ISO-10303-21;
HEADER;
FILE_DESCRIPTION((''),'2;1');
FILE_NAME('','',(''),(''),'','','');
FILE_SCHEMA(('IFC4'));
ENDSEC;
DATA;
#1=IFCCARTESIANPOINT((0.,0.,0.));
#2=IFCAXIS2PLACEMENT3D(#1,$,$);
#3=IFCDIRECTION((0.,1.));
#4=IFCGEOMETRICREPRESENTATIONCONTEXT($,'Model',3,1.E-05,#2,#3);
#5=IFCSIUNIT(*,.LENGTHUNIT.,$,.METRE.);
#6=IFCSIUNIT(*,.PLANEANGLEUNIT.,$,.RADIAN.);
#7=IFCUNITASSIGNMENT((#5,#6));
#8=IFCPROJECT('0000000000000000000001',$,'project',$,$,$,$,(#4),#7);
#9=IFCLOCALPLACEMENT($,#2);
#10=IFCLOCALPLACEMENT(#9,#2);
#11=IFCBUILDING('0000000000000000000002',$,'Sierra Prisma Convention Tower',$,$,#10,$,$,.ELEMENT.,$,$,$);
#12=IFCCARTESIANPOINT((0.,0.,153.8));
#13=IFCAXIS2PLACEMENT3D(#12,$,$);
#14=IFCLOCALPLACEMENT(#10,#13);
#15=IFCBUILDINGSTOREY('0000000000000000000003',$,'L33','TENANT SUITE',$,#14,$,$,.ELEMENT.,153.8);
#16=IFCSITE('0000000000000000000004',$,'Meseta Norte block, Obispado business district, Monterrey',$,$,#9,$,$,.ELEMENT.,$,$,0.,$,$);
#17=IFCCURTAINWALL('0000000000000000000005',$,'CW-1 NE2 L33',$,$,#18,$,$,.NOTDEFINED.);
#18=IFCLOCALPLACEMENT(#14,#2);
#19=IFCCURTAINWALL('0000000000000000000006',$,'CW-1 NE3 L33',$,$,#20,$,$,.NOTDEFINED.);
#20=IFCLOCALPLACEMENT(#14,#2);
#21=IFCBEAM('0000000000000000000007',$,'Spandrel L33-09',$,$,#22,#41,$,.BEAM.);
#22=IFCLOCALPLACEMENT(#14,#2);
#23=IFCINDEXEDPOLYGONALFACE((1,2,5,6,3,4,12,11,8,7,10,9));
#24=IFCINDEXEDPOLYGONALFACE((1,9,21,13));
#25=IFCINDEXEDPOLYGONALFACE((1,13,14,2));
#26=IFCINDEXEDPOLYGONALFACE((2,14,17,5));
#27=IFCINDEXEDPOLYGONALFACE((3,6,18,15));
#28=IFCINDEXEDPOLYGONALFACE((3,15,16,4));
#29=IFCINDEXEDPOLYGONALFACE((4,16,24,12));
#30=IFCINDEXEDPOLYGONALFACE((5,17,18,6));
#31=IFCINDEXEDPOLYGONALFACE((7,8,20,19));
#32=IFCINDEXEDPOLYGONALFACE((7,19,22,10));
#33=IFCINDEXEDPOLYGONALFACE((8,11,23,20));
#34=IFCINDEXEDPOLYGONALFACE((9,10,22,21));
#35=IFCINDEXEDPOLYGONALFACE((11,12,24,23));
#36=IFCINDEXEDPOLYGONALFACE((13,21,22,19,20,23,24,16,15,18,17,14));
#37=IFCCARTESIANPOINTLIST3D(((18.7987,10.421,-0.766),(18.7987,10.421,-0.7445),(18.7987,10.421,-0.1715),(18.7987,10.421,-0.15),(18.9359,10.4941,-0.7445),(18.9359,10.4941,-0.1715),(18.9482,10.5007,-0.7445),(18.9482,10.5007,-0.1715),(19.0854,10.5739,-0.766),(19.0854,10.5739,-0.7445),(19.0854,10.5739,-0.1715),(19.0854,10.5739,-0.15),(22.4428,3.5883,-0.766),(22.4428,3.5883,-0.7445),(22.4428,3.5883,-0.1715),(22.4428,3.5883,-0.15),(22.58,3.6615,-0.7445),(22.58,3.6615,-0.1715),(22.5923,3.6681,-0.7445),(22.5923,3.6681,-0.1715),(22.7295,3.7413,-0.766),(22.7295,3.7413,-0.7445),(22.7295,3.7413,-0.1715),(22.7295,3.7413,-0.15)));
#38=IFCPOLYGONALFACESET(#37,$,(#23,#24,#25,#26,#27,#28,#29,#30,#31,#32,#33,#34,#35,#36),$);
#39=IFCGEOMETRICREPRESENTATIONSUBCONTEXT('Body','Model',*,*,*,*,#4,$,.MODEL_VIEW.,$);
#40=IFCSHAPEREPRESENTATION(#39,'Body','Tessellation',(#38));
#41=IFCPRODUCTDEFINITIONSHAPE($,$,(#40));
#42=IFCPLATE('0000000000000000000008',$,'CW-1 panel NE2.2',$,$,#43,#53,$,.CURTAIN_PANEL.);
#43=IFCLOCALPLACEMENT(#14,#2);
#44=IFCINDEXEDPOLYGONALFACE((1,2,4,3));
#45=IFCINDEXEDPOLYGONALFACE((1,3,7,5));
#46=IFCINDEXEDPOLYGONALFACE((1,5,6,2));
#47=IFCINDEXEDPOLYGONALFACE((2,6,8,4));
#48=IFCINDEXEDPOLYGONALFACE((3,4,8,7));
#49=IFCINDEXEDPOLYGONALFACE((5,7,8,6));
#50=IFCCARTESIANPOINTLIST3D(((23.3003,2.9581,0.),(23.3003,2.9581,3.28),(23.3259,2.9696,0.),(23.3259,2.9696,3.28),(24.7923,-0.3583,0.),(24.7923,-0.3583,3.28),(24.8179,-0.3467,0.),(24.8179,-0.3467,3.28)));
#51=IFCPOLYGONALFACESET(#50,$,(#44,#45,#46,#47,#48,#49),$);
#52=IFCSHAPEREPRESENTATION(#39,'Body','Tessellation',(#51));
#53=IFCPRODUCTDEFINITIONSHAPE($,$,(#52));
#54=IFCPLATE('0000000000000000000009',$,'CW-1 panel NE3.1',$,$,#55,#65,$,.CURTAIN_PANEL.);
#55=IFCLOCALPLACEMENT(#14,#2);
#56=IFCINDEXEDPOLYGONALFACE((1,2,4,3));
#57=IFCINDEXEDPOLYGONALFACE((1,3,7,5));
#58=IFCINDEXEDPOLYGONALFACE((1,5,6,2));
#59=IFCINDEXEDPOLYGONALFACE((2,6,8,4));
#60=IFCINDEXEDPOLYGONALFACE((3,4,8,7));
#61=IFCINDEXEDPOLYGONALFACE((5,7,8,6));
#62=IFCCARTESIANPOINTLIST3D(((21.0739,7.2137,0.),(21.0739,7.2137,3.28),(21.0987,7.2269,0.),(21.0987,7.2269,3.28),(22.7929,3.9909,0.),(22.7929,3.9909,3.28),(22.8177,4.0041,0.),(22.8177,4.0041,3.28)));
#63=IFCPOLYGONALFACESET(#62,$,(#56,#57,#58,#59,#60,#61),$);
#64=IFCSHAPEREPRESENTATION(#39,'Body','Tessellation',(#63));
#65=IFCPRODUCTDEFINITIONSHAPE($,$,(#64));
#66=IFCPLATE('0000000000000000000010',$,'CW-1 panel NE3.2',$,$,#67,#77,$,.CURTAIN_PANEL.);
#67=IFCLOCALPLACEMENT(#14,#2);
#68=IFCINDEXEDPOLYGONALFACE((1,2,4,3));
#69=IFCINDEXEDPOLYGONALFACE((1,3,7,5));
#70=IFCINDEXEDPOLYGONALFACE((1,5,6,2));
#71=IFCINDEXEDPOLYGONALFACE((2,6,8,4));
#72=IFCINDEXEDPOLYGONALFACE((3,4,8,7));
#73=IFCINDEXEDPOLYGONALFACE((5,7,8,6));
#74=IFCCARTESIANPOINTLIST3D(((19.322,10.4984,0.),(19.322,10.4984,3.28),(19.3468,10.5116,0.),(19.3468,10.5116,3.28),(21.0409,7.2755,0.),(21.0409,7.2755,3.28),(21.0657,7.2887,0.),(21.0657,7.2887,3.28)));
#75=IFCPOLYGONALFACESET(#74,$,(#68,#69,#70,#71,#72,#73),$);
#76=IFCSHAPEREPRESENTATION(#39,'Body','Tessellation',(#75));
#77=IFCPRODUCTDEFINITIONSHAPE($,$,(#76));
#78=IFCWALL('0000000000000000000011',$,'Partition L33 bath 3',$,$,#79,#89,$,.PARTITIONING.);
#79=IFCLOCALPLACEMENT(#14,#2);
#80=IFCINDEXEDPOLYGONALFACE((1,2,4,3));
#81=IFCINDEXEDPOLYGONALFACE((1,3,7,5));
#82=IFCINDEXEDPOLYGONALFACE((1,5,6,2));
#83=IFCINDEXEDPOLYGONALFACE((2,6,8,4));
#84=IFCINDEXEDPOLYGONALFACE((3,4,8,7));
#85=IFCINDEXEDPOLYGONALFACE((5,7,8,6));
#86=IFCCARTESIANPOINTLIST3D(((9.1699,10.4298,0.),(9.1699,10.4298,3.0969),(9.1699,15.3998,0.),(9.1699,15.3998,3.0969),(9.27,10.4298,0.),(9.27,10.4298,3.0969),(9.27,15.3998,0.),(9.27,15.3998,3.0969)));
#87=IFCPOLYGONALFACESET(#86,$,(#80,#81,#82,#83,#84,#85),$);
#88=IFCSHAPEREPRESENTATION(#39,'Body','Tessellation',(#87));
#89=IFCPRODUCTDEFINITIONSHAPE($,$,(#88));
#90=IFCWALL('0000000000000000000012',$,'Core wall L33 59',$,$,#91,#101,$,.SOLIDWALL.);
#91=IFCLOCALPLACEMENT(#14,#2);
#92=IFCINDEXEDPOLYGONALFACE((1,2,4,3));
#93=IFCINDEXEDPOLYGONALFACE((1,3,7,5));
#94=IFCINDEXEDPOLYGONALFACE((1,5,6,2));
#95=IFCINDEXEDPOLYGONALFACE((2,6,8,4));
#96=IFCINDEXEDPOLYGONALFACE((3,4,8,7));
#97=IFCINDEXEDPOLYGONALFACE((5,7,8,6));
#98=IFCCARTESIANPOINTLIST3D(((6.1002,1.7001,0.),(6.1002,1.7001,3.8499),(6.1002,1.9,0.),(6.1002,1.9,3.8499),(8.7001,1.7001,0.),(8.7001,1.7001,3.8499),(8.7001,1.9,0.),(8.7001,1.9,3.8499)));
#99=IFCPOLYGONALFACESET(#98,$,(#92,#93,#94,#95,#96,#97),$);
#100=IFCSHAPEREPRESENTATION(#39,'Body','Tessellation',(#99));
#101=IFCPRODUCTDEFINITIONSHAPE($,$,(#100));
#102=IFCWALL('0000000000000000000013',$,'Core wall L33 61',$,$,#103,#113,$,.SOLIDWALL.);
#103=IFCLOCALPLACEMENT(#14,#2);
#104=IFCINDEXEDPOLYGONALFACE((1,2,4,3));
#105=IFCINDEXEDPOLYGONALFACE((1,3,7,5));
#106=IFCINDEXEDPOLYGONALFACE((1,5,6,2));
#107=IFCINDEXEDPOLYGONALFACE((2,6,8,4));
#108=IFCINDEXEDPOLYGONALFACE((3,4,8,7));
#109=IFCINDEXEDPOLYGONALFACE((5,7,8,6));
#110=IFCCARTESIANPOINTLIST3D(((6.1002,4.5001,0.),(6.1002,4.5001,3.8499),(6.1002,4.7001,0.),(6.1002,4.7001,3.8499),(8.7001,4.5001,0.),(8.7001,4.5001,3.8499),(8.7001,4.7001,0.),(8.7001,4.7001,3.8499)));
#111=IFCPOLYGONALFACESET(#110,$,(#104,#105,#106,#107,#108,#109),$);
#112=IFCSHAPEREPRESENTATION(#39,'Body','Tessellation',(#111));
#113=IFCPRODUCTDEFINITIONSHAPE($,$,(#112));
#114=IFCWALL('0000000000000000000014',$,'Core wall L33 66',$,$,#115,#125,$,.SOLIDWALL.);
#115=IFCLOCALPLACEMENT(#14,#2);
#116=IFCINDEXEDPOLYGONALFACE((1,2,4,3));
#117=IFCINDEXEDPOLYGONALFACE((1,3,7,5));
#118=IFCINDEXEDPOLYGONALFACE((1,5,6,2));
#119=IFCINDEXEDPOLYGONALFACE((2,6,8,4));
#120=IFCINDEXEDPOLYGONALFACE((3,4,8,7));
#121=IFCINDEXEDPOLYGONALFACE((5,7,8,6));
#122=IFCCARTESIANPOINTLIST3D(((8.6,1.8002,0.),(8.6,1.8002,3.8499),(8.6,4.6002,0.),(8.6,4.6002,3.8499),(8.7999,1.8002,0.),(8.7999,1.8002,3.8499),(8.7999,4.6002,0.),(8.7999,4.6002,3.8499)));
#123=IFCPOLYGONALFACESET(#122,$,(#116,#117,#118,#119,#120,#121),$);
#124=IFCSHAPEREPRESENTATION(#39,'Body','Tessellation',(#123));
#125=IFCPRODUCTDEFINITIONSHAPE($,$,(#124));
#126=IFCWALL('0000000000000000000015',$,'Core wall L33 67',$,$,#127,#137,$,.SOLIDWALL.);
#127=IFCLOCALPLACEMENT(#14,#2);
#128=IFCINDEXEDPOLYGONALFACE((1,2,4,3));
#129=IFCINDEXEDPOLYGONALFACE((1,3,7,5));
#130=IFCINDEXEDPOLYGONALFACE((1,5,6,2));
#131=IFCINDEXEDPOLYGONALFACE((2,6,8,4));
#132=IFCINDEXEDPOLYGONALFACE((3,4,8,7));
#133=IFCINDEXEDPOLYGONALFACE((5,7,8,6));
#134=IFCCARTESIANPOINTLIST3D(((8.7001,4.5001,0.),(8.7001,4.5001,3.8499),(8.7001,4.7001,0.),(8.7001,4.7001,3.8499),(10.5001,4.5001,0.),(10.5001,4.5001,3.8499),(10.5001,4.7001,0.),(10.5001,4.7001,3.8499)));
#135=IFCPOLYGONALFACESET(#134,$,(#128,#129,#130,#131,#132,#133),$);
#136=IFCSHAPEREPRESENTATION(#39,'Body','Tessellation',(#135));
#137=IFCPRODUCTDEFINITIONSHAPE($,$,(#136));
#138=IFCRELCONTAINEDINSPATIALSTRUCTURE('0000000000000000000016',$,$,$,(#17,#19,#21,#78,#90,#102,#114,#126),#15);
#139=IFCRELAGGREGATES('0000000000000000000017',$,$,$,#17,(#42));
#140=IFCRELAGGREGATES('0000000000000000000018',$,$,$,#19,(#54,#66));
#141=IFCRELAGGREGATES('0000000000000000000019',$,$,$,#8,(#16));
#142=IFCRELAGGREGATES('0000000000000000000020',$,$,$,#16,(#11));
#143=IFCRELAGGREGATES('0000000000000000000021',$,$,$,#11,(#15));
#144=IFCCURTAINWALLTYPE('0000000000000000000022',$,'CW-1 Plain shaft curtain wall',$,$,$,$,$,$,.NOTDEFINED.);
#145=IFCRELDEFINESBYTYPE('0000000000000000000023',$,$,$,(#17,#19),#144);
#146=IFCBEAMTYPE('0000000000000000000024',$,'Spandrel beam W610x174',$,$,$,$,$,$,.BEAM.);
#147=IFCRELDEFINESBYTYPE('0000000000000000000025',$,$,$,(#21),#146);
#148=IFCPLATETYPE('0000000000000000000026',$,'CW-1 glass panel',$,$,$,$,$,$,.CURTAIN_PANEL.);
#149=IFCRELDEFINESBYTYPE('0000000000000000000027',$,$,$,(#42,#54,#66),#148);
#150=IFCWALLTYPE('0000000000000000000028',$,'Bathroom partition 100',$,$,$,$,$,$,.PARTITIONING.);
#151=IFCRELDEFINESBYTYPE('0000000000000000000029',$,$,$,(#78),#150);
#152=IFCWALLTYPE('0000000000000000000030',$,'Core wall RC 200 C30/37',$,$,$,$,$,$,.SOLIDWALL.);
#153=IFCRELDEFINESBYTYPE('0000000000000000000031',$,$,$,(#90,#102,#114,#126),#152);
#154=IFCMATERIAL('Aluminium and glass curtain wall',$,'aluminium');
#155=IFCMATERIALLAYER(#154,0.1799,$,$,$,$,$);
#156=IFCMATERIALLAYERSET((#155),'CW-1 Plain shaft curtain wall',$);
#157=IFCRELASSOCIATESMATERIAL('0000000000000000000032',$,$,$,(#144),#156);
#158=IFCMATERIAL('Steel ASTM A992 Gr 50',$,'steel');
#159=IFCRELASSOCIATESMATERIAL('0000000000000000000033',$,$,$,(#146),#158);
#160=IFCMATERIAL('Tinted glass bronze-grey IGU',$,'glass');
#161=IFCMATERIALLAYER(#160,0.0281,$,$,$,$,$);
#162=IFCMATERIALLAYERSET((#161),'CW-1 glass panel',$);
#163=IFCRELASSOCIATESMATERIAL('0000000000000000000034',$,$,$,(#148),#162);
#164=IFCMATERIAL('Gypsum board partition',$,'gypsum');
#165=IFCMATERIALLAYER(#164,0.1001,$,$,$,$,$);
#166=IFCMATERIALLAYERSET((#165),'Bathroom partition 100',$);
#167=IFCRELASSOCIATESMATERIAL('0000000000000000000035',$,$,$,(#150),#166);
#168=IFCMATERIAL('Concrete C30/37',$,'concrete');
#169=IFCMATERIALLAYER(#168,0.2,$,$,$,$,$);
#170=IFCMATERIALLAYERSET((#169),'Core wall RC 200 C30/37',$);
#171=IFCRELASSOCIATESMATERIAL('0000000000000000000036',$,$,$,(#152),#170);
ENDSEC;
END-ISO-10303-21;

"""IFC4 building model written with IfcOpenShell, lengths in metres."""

from ifc_helpers import new_model, si_unit, direction, frame, frame_2d, origin, origin_2d, place, context, subcontext, project, spatial, rectangle, i_section, extrude, material, layer, layer_set, material_profile, profile_set, type_object, element, aggregate, save


model = new_model("IFC4")

# Units and contexts
model_context = context("Model", 3, precision=1e-05, world=origin(), true_north=direction((0.0, 1.0)))
body_context = subcontext(model_context, "Body", "Model", "MODEL_VIEW")
ifc_project = project(units=[si_unit("LENGTHUNIT", "METRE"), si_unit("PLANEANGLEUNIT", "RADIAN")], contexts=[model_context])

# Site, building, storey
site_placement = place(None, origin())
site = spatial("IfcSite", under=ifc_project, at=site_placement, Name="Meseta Norte block, Obispado business district, Monterrey", CompositionType="ELEMENT", RefElevation=0.0)
building_placement = place(site_placement, origin())
building = spatial("IfcBuilding", under=site, at=building_placement, Name="Sierra Prisma Convention Tower", CompositionType="ELEMENT")
storey_placement = place(building_placement, frame((0.0, 0.0, 153.8)))
storey = spatial("IfcBuildingStorey", under=building, at=storey_placement, Name="L33", Description="TENANT SUITE", CompositionType="ELEMENT", Elevation=153.8)

# Curtain wall
ifc_material_1 = material(Name="Aluminium and glass curtain wall", Category="aluminium")
ifc_layer_1 = layer(ifc_material_1, 0.1799)
ifc_layer_set_1 = layer_set([ifc_layer_1], Name="CW-1 Plain shaft curtain wall")
curtain_wall_type = type_object("IfcCurtainWallType", Name="CW-1 Plain shaft curtain wall", PredefinedType="NOTDEFINED", material=ifc_layer_set_1)
curtain_wall_1_placement = place(storey_placement, origin())
curtain_wall_1 = element("IfcCurtainWall", 1, at=curtain_wall_1_placement, inside=storey, type_object=curtain_wall_type, Name="CW-1 NE2 L33", PredefinedType="NOTDEFINED")

# Curtain wall
curtain_wall_2_placement = place(storey_placement, origin())
curtain_wall_2 = element("IfcCurtainWall", 2, at=curtain_wall_2_placement, inside=storey, type_object=curtain_wall_type, Name="CW-1 NE3 L33", PredefinedType="NOTDEFINED")

# Beam
ifc_material_2 = material(Name="Steel ASTM A992 Gr 50", Category="steel")
ifc_material_profile_1 = material_profile(ifc_material_2, i_section(OverallWidth=0.325, OverallDepth=0.616, WebThickness=0.0139, FlangeThickness=0.0215, at=origin_2d()), Name="W610x174")
ifc_profile_set_1 = profile_set([ifc_material_profile_1], Name="Steel ASTM A992 Gr 50")
beam_type_1 = type_object("IfcBeamType", Name="Spandrel beam W610x174", PredefinedType="BEAM", material=ifc_profile_set_1)
beam_1_placement = place(storey_placement, frame((22.5862, 3.6648, -0.458), z_axis=(-0.470592, 0.882351, 0.0), x_axis=(-0.882351, -0.470592, 0.0)))
element("IfcBeam", 3, at=beam_1_placement, inside=storey, type_object=beam_type_1, Name="Spandrel L33-09", PredefinedType="BEAM", context=body_context, shape_type="SweptSolid", body=[
    extrude(i_section(OverallWidth=0.325, OverallDepth=0.616, WebThickness=0.0139, FlangeThickness=0.0215, at=origin_2d()), origin(), (0.0, 0.0, 1.0), 7.7437),
])

# Plates
ifc_material_3 = material(Name="Tinted glass bronze-grey IGU", Category="glass")
ifc_layer_2 = layer(ifc_material_3, 0.0281)
ifc_layer_set_2 = layer_set([ifc_layer_2], Name="CW-1 glass panel")
plate_type = type_object("IfcPlateType", Name="CW-1 glass panel", PredefinedType="CURTAIN_PANEL", material=ifc_layer_set_2)
plate_1_placement = place(storey_placement, frame((24.0591, 1.3057, 0.0), z_axis=(0.0, 0.0, 1.0), x_axis=(-0.410271, 0.911964, 0.0)))
plate_1 = element("IfcPlate", 4, at=plate_1_placement, type_object=plate_type, Name="CW-1 panel NE2.2", PredefinedType="CURTAIN_PANEL", context=body_context, shape_type="SweptSolid", body=[
    extrude(rectangle(XDim=3.6365, YDim=0.0281, at=origin_2d()), origin(), (0.0, 0.0, 1.0), 3.28),
])
aggregate(curtain_wall_1, [plate_1])
plate_2_placement = place(storey_placement, frame((21.9458, 5.6089, 0.0), z_axis=(0.0, 0.0, 1.0), x_axis=(-0.470611, 0.882341, 0.0)))
plate_2 = element("IfcPlate", 5, at=plate_2_placement, type_object=plate_type, Name="CW-1 panel NE3.1", PredefinedType="CURTAIN_PANEL", context=body_context, shape_type="SweptSolid", body=[
    extrude(rectangle(XDim=3.6526, YDim=0.0281, at=origin_2d()), origin(), (0.0, 0.0, 1.0), 3.28),
])
plate_3_placement = place(storey_placement, frame((20.1938, 8.8936, 0.0), z_axis=(0.0, 0.0, 1.0), x_axis=(-0.470611, 0.882341, 0.0)))
plate_3 = element("IfcPlate", 6, at=plate_3_placement, type_object=plate_type, Name="CW-1 panel NE3.2", PredefinedType="CURTAIN_PANEL", context=body_context, shape_type="SweptSolid", body=[
    extrude(rectangle(XDim=3.6526, YDim=0.0281, at=origin_2d()), origin(), (0.0, 0.0, 1.0), 3.28),
])
aggregate(curtain_wall_2, [plate_2, plate_3])

# Walls
ifc_material_4 = material(Name="Gypsum board partition", Category="gypsum")
ifc_layer_3 = layer(ifc_material_4, 0.1001)
ifc_layer_set_3 = layer_set([ifc_layer_3], Name="Bathroom partition 100")
wall_type_1 = type_object("IfcWallType", Name="Bathroom partition 100", PredefinedType="PARTITIONING", material=ifc_layer_set_3)
wall_1_placement = place(storey_placement, frame((9.22, 10.4299, 0.0), z_axis=(0.0, 0.0, 1.0), x_axis=(0.0, 1.0, 0.0)))
element("IfcWall", 7, at=wall_1_placement, inside=storey, type_object=wall_type_1, Name="Partition L33 bath 3", PredefinedType="PARTITIONING", context=body_context, shape_type="SweptSolid", body=[
    extrude(rectangle(XDim=4.97, YDim=0.1001, at=frame_2d((2.4849, 0.0))), origin(), (0.0, 0.0, 1.0), 3.0969),
])
ifc_material_5 = material(Name="Concrete C30/37", Category="concrete")
ifc_layer_4 = layer(ifc_material_5, 0.2)
ifc_layer_set_4 = layer_set([ifc_layer_4], Name="Core wall RC 200 C30/37")
wall_type_2 = type_object("IfcWallType", Name="Core wall RC 200 C30/37", PredefinedType="SOLIDWALL", material=ifc_layer_set_4)
for number, where, z_axis, x_axis, name in (
    (8, (8.7, 1.8, 0.0), (0.0, 0.0, 1.0), (-1.0, 0.0, 0.0), "Core wall L33 59"),
    (9, (8.7, 4.6001, 0.0), (0.0, 0.0, 1.0), (-1.0, 0.0, 0.0), "Core wall L33 61"),
):
    element("IfcWall", number, at=place(storey_placement, frame(where, z_axis=z_axis, x_axis=x_axis)), inside=storey, type_object=wall_type_2, Name=name, PredefinedType="SOLIDWALL", context=body_context, shape_type="SweptSolid", body=[
        extrude(rectangle(XDim=2.5999, YDim=0.2, at=frame_2d((1.2998, 0.0))), origin(), (0.0, 0.0, 1.0), 3.8499),
    ])

# Walls
wall_2_placement = place(storey_placement, frame((8.7, 4.6001, 0.0), z_axis=(0.0, 0.0, 1.0), x_axis=(0.0, -1.0, 0.0)))
element("IfcWall", 10, at=wall_2_placement, inside=storey, type_object=wall_type_2, Name="Core wall L33 66", PredefinedType="SOLIDWALL", context=body_context, shape_type="SweptSolid", body=[
    extrude(rectangle(XDim=2.8, YDim=0.2, at=frame_2d((1.3999, 0.0))), origin(), (0.0, 0.0, 1.0), 3.8499),
])
wall_3_placement = place(storey_placement, frame((10.5, 4.6001, 0.0), z_axis=(0.0, 0.0, 1.0), x_axis=(-1.0, 0.0, 0.0)))
element("IfcWall", 11, at=wall_3_placement, inside=storey, type_object=wall_type_2, Name="Core wall L33 67", PredefinedType="SOLIDWALL", context=body_context, shape_type="SweptSolid", body=[
    extrude(rectangle(XDim=1.8, YDim=0.2, at=frame_2d((0.8999, 0.0))), origin(), (0.0, 0.0, 1.0), 3.8499),
])

save(model, "model.ifc")
